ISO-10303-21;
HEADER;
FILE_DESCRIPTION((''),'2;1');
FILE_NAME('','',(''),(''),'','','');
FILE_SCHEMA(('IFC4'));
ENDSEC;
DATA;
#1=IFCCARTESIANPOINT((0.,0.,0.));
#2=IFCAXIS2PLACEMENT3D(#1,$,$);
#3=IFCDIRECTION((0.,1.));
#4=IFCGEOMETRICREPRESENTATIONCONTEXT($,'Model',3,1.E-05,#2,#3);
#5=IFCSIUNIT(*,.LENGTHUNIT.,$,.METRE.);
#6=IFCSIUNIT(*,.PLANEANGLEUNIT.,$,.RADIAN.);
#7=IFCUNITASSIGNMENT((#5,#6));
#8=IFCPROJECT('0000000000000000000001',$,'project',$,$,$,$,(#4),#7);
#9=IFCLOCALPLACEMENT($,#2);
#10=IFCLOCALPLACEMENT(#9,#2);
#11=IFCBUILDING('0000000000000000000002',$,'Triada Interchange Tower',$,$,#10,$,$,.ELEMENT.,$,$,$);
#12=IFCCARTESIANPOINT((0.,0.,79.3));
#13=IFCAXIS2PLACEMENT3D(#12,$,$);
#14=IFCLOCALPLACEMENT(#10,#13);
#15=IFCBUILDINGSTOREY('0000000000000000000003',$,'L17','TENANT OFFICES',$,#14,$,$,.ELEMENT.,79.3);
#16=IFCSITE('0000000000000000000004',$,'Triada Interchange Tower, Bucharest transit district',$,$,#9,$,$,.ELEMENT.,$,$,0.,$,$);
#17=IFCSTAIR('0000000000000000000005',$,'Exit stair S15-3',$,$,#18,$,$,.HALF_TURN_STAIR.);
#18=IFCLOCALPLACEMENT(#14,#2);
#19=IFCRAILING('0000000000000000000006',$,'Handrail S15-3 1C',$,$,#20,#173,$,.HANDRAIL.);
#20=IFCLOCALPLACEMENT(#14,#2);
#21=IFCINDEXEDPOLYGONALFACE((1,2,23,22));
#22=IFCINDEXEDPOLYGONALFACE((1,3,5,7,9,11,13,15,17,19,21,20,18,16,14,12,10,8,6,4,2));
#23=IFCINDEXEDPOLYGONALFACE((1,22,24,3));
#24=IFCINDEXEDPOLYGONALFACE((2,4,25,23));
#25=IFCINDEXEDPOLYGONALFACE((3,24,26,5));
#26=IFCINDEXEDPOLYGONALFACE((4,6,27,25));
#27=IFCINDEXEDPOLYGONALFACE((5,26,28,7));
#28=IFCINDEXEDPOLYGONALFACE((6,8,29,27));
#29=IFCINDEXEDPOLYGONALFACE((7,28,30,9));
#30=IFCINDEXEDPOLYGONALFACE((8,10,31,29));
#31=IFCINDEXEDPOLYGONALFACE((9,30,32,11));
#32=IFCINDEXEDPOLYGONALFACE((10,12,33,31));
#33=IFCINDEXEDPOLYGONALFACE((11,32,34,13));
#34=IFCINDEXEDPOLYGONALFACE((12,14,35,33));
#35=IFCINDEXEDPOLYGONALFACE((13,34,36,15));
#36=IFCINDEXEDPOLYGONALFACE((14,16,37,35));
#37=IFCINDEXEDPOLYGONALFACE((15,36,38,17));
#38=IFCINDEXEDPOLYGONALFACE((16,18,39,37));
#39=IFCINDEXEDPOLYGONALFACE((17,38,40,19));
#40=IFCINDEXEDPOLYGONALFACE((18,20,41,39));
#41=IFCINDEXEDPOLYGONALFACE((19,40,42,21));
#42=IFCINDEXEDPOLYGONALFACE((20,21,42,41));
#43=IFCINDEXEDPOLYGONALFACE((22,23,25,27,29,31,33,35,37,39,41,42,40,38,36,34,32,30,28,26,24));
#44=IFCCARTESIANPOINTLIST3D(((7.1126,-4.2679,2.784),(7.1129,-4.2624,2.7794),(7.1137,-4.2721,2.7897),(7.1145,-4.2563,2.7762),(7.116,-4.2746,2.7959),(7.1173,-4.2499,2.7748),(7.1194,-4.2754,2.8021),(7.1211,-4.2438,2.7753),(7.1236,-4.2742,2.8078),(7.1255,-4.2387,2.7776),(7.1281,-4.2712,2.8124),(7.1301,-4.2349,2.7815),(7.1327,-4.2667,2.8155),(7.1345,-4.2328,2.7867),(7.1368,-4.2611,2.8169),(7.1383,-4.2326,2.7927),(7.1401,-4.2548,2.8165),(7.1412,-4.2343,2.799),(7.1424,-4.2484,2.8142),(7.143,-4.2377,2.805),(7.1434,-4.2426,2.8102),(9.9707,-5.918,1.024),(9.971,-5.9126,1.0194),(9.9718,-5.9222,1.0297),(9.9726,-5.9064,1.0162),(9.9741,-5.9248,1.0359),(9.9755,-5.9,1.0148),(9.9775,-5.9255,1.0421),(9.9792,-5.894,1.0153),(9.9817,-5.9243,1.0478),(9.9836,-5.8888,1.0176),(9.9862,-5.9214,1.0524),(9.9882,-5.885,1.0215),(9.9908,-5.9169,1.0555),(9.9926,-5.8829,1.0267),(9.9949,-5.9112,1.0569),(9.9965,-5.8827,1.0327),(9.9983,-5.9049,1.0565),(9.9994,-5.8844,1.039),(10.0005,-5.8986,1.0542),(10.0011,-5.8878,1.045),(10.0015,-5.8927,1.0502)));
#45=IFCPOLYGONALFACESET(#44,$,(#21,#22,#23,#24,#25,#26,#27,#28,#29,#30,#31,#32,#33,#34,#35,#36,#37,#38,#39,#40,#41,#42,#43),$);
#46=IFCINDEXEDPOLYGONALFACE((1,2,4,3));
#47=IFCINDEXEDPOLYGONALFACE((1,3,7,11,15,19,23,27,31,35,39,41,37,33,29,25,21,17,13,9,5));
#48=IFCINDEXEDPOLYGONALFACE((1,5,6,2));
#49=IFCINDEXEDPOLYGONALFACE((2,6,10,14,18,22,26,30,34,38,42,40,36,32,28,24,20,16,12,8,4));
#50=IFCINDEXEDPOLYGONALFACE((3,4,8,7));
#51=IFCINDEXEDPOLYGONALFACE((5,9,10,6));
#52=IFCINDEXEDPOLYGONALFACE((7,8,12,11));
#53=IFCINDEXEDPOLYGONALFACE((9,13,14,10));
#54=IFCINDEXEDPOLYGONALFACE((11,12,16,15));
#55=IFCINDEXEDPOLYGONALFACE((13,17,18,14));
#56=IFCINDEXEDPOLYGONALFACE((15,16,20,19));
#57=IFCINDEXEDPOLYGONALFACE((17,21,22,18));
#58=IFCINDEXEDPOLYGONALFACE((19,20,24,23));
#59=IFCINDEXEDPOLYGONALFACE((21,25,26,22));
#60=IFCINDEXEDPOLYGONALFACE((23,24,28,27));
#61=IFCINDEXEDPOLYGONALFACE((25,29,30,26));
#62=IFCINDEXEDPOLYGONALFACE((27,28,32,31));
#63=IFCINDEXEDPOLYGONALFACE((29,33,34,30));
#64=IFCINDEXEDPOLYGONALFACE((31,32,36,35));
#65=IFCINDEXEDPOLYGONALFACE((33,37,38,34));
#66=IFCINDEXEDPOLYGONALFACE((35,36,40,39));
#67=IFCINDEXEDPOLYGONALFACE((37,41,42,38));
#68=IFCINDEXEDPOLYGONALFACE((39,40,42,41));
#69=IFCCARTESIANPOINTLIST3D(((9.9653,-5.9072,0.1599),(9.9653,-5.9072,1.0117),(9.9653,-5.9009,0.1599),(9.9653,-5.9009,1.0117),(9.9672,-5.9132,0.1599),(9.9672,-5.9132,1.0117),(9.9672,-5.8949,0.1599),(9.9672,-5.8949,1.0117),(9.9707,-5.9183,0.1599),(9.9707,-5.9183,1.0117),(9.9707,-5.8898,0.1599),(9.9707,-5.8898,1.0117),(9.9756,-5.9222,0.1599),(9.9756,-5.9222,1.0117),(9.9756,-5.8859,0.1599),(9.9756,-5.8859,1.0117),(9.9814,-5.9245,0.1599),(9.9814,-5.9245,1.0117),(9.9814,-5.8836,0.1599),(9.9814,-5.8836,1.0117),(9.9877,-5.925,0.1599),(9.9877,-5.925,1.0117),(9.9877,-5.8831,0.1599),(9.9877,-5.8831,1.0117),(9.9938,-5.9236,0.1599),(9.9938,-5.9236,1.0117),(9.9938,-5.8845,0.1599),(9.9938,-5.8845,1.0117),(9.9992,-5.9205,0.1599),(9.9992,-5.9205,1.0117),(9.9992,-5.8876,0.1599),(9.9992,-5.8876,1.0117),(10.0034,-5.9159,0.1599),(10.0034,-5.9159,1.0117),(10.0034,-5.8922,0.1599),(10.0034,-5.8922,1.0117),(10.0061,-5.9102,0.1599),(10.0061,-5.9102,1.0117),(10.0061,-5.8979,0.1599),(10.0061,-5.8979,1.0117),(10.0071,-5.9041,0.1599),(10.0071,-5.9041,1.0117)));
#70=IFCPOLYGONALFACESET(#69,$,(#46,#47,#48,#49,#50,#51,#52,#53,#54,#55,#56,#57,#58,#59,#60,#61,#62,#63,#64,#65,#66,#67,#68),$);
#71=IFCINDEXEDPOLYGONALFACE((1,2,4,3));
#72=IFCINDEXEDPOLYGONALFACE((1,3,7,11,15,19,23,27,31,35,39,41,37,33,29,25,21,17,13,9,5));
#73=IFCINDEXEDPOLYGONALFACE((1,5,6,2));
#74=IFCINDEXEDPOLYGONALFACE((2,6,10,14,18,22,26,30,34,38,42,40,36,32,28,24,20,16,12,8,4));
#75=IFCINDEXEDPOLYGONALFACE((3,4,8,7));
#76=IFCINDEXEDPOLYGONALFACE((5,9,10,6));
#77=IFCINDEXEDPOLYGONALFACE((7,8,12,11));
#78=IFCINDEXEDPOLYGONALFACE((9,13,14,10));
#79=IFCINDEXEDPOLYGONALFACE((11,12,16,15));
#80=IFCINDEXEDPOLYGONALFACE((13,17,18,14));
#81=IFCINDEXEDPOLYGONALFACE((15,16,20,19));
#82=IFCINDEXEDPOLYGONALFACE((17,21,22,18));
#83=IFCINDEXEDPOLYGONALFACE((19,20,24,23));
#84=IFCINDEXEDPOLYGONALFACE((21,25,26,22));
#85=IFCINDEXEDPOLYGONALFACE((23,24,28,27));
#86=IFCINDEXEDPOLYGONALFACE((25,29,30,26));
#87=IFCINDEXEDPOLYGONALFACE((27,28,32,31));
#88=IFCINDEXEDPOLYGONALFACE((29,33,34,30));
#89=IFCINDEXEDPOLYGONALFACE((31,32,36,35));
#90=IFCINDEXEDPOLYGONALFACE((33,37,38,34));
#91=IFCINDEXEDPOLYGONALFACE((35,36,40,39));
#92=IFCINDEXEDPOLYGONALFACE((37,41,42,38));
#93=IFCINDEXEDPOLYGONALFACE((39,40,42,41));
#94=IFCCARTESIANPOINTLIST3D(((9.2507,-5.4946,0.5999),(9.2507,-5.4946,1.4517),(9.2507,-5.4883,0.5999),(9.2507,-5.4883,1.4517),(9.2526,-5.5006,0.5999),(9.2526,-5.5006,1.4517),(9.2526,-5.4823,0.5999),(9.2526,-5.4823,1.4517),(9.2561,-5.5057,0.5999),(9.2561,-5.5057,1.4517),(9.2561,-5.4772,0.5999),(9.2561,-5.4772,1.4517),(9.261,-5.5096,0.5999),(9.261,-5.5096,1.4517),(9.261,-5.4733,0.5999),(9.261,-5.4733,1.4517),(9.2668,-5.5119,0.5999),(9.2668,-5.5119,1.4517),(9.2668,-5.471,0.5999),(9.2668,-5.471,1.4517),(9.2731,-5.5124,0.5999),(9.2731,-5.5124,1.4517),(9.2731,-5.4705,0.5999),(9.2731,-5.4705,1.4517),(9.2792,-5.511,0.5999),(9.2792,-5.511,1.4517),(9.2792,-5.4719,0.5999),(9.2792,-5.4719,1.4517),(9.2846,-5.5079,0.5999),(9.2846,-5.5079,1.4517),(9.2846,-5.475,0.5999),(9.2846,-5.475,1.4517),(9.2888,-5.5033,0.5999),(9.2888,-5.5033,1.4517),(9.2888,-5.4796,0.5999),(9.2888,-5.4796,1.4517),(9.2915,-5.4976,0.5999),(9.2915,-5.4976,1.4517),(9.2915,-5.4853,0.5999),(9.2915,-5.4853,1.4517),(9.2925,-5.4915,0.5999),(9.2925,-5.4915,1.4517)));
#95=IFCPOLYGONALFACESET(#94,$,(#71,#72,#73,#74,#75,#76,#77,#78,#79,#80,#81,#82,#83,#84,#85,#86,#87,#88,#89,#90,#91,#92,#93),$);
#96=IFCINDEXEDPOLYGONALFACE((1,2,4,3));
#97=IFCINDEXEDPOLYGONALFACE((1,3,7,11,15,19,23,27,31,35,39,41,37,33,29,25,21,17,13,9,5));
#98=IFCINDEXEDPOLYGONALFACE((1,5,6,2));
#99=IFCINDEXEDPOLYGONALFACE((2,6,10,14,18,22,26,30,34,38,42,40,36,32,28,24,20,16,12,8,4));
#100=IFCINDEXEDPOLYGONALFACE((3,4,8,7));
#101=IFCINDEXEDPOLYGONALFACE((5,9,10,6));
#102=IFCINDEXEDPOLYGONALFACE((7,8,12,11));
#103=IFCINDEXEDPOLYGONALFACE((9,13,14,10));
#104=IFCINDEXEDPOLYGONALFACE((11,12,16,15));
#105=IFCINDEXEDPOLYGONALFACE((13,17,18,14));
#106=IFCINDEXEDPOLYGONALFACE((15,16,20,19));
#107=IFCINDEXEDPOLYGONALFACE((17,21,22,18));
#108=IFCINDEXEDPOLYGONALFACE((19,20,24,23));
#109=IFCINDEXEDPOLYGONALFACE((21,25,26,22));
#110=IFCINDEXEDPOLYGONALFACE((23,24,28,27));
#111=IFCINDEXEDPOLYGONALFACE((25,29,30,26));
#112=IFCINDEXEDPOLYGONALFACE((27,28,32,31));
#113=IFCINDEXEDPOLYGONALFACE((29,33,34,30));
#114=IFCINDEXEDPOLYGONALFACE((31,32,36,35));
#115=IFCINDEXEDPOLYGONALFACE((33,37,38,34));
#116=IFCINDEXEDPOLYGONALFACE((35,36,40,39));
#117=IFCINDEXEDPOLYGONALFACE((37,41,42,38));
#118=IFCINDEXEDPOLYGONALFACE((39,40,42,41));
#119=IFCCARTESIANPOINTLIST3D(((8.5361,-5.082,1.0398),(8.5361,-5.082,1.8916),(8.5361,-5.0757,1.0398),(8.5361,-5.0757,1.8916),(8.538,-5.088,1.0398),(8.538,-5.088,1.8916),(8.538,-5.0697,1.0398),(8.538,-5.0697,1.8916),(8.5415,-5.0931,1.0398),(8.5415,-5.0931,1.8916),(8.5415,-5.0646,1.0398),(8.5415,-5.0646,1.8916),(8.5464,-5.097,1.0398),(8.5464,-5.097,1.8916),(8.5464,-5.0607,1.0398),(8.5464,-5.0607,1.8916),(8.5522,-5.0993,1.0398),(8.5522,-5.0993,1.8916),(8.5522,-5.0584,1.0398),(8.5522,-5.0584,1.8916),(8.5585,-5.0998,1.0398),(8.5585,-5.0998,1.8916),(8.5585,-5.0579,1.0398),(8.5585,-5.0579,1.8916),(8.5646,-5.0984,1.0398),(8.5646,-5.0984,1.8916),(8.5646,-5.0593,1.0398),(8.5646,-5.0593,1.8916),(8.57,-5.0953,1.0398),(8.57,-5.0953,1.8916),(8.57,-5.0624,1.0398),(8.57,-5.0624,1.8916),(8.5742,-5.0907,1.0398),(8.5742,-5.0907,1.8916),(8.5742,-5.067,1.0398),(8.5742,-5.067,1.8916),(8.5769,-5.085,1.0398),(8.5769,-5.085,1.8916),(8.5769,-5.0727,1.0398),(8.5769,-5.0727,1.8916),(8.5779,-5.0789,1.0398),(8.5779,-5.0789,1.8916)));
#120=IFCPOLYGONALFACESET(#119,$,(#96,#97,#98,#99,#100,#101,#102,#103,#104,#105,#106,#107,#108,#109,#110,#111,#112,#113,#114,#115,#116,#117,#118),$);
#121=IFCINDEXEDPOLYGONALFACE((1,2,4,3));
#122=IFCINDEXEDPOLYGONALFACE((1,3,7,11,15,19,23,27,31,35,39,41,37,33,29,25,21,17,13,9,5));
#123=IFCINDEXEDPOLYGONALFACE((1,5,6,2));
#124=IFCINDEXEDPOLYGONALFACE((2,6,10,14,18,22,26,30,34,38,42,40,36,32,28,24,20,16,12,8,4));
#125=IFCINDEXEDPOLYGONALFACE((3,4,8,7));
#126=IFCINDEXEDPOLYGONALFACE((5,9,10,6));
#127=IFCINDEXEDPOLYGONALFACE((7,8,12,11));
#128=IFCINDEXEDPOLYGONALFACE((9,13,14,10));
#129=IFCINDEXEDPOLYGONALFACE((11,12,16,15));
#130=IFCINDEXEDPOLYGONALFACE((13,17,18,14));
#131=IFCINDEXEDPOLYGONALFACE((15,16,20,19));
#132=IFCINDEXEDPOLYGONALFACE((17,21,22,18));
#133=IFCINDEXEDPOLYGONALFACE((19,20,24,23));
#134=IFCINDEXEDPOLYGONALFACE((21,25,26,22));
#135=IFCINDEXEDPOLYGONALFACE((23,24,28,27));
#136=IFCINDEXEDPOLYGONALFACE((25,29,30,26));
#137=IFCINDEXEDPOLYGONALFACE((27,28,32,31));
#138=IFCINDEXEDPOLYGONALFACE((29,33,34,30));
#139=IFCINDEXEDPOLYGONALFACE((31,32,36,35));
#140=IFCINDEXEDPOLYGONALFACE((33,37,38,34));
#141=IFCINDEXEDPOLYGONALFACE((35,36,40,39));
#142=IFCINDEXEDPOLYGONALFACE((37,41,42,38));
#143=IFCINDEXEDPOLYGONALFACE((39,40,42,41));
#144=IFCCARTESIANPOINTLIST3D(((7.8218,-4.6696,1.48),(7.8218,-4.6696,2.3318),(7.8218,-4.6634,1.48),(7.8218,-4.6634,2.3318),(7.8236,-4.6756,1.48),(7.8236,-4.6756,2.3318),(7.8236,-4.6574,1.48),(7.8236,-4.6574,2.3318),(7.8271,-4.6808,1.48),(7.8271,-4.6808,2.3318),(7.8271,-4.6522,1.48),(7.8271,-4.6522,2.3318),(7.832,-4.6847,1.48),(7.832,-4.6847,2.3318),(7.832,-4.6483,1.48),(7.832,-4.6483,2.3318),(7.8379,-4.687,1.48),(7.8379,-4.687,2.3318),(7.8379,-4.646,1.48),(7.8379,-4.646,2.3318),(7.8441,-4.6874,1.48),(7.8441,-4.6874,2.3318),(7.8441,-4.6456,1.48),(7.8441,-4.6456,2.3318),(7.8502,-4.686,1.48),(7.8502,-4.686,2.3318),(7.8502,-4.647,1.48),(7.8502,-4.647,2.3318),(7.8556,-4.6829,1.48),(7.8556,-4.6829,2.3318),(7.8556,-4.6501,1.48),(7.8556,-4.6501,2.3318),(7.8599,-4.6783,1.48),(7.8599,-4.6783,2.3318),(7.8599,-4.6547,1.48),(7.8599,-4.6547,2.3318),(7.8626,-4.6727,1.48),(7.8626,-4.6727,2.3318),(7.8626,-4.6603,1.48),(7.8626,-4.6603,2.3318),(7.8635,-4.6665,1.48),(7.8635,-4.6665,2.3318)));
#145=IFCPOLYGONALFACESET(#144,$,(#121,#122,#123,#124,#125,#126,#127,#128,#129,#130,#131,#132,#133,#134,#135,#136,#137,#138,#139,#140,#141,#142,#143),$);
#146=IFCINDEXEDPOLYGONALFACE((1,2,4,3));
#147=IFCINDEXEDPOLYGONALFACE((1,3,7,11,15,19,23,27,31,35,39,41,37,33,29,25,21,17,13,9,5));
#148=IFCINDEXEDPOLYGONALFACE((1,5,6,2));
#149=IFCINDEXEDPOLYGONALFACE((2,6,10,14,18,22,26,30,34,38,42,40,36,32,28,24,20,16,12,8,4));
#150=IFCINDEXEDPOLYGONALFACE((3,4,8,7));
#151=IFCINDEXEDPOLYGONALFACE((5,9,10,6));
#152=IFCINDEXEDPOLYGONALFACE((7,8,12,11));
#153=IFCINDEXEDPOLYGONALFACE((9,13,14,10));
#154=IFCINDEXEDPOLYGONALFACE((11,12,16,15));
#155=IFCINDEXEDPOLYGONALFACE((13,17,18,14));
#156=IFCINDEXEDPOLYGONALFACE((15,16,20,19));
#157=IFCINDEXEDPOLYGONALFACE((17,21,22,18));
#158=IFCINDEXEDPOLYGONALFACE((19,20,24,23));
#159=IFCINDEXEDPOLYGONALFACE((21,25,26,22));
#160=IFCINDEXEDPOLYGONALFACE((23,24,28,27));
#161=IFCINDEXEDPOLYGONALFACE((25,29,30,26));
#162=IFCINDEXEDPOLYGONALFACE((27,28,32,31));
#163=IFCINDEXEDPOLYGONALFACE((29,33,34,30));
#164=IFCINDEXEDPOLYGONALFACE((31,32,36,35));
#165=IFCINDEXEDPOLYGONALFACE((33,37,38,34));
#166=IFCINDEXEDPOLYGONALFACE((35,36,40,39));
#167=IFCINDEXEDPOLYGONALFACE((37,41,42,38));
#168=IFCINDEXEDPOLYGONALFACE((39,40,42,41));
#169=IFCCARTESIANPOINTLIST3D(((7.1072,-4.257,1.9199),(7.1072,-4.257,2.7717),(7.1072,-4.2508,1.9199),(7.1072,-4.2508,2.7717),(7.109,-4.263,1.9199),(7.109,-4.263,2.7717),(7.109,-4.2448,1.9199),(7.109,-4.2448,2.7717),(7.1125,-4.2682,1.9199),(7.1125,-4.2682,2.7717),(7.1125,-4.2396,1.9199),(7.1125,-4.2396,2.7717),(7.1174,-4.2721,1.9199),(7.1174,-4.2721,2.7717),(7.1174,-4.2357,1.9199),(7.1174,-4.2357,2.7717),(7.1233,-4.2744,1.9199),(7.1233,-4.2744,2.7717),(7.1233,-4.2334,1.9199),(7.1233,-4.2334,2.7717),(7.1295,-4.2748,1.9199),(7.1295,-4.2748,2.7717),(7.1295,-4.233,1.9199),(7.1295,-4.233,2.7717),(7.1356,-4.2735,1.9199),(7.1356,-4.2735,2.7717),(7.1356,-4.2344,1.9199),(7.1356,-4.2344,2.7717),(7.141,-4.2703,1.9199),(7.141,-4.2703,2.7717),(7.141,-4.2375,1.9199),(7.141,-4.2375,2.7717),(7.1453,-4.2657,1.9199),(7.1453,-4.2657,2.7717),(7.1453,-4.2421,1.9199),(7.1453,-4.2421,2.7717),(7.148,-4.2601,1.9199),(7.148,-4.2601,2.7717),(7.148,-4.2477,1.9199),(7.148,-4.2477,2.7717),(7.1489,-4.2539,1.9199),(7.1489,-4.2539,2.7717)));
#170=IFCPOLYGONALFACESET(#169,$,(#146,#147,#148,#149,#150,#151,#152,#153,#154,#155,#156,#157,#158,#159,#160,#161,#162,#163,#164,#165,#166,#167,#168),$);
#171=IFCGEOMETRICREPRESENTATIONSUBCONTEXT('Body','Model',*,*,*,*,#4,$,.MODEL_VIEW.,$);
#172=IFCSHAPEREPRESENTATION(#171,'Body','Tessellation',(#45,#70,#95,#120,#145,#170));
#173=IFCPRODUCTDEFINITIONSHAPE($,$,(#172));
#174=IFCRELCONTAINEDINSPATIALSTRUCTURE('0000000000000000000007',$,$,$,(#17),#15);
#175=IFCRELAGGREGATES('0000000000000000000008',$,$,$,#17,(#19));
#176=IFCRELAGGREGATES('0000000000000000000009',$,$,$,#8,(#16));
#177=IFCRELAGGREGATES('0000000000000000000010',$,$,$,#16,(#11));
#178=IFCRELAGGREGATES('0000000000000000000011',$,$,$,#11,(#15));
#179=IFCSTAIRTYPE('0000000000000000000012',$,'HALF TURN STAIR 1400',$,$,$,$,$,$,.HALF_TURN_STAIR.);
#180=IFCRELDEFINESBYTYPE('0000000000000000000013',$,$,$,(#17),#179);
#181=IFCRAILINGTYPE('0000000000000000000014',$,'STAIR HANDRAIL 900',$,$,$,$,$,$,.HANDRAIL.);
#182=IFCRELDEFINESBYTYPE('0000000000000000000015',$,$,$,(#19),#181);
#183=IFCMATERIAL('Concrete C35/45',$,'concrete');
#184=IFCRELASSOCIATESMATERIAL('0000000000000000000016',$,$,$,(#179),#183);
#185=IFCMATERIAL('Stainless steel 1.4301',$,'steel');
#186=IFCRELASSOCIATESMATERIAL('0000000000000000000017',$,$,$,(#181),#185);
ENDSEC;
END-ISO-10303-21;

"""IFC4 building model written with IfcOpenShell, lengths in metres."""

from ifc_helpers import new_model, si_unit, direction, frame, origin, origin_2d, place, context, subcontext, project, spatial, circle, extrude, material, type_object, element, aggregate, save


model = new_model("IFC4")

# Units and contexts
model_context = context("Model", 3, precision=1e-05, world=origin(), true_north=direction((0.0, 1.0)))
body_context = subcontext(model_context, "Body", "Model", "MODEL_VIEW")
ifc_project = project(units=[si_unit("LENGTHUNIT", "METRE"), si_unit("PLANEANGLEUNIT", "RADIAN")], contexts=[model_context])

# Site, building, storey
site_placement = place(None, origin())
site = spatial("IfcSite", under=ifc_project, at=site_placement, Name="Triada Interchange Tower, Bucharest transit district", CompositionType="ELEMENT", RefElevation=0.0)
building_placement = place(site_placement, origin())
building = spatial("IfcBuilding", under=site, at=building_placement, Name="Triada Interchange Tower", CompositionType="ELEMENT")
storey_placement = place(building_placement, frame((0.0, 0.0, 79.3)))
storey = spatial("IfcBuildingStorey", under=building, at=storey_placement, Name="L17", Description="TENANT OFFICES", CompositionType="ELEMENT", Elevation=79.3)

# Stair, railing
ifc_material_1 = material(Name="Concrete C35/45", Category="concrete")
stair_type = type_object("IfcStairType", Name="HALF TURN STAIR 1400", PredefinedType="HALF_TURN_STAIR", material=ifc_material_1)
stair_placement = place(storey_placement, origin())
stair = element("IfcStair", 1, at=stair_placement, inside=storey, type_object=stair_type, Name="Exit stair S15-3", PredefinedType="HALF_TURN_STAIR")
ifc_material_2 = material(Name="Stainless steel 1.4301", Category="steel")
railing_type = type_object("IfcRailingType", Name="STAIR HANDRAIL 900", PredefinedType="HANDRAIL", material=ifc_material_2)
railing_1_placement = place(storey_placement, frame((9.9861, -5.9041, 0.1599)))
railing_1 = element("IfcRailing", 2, at=railing_1_placement, type_object=railing_type, Name="Handrail S15-3 1C", PredefinedType="HANDRAIL", context=body_context, shape_type="SweptSolid", body=[
    extrude(circle(Radius=0.0239, at=origin_2d()), frame((0.0, 0.0, 0.876), z_axis=(-0.764156, 0.441183, 0.470556), x_axis=(-0.499998, -0.866027, 0.0)), (0.0, 0.0, 1.0), 3.7402),
    extrude(circle(Radius=0.021, at=origin_2d()), origin(), (0.0, 0.0, 1.0), 0.8518),
    extrude(circle(Radius=0.021, at=origin_2d()), frame((-0.7146, 0.4126, 0.4399)), (0.0, 0.0, 1.0), 0.8518),
    extrude(circle(Radius=0.021, at=origin_2d()), frame((-1.4292, 0.8252, 0.8799)), (0.0, 0.0, 1.0), 0.8518),
    extrude(circle(Radius=0.021, at=origin_2d()), frame((-2.1436, 1.2375, 1.3201)), (0.0, 0.0, 1.0), 0.8518),
    extrude(circle(Radius=0.021, at=origin_2d()), frame((-2.8582, 1.6501, 1.76)), (0.0, 0.0, 1.0), 0.8518),
])
aggregate(stair, [railing_1])

save(model, "model.ifc")
